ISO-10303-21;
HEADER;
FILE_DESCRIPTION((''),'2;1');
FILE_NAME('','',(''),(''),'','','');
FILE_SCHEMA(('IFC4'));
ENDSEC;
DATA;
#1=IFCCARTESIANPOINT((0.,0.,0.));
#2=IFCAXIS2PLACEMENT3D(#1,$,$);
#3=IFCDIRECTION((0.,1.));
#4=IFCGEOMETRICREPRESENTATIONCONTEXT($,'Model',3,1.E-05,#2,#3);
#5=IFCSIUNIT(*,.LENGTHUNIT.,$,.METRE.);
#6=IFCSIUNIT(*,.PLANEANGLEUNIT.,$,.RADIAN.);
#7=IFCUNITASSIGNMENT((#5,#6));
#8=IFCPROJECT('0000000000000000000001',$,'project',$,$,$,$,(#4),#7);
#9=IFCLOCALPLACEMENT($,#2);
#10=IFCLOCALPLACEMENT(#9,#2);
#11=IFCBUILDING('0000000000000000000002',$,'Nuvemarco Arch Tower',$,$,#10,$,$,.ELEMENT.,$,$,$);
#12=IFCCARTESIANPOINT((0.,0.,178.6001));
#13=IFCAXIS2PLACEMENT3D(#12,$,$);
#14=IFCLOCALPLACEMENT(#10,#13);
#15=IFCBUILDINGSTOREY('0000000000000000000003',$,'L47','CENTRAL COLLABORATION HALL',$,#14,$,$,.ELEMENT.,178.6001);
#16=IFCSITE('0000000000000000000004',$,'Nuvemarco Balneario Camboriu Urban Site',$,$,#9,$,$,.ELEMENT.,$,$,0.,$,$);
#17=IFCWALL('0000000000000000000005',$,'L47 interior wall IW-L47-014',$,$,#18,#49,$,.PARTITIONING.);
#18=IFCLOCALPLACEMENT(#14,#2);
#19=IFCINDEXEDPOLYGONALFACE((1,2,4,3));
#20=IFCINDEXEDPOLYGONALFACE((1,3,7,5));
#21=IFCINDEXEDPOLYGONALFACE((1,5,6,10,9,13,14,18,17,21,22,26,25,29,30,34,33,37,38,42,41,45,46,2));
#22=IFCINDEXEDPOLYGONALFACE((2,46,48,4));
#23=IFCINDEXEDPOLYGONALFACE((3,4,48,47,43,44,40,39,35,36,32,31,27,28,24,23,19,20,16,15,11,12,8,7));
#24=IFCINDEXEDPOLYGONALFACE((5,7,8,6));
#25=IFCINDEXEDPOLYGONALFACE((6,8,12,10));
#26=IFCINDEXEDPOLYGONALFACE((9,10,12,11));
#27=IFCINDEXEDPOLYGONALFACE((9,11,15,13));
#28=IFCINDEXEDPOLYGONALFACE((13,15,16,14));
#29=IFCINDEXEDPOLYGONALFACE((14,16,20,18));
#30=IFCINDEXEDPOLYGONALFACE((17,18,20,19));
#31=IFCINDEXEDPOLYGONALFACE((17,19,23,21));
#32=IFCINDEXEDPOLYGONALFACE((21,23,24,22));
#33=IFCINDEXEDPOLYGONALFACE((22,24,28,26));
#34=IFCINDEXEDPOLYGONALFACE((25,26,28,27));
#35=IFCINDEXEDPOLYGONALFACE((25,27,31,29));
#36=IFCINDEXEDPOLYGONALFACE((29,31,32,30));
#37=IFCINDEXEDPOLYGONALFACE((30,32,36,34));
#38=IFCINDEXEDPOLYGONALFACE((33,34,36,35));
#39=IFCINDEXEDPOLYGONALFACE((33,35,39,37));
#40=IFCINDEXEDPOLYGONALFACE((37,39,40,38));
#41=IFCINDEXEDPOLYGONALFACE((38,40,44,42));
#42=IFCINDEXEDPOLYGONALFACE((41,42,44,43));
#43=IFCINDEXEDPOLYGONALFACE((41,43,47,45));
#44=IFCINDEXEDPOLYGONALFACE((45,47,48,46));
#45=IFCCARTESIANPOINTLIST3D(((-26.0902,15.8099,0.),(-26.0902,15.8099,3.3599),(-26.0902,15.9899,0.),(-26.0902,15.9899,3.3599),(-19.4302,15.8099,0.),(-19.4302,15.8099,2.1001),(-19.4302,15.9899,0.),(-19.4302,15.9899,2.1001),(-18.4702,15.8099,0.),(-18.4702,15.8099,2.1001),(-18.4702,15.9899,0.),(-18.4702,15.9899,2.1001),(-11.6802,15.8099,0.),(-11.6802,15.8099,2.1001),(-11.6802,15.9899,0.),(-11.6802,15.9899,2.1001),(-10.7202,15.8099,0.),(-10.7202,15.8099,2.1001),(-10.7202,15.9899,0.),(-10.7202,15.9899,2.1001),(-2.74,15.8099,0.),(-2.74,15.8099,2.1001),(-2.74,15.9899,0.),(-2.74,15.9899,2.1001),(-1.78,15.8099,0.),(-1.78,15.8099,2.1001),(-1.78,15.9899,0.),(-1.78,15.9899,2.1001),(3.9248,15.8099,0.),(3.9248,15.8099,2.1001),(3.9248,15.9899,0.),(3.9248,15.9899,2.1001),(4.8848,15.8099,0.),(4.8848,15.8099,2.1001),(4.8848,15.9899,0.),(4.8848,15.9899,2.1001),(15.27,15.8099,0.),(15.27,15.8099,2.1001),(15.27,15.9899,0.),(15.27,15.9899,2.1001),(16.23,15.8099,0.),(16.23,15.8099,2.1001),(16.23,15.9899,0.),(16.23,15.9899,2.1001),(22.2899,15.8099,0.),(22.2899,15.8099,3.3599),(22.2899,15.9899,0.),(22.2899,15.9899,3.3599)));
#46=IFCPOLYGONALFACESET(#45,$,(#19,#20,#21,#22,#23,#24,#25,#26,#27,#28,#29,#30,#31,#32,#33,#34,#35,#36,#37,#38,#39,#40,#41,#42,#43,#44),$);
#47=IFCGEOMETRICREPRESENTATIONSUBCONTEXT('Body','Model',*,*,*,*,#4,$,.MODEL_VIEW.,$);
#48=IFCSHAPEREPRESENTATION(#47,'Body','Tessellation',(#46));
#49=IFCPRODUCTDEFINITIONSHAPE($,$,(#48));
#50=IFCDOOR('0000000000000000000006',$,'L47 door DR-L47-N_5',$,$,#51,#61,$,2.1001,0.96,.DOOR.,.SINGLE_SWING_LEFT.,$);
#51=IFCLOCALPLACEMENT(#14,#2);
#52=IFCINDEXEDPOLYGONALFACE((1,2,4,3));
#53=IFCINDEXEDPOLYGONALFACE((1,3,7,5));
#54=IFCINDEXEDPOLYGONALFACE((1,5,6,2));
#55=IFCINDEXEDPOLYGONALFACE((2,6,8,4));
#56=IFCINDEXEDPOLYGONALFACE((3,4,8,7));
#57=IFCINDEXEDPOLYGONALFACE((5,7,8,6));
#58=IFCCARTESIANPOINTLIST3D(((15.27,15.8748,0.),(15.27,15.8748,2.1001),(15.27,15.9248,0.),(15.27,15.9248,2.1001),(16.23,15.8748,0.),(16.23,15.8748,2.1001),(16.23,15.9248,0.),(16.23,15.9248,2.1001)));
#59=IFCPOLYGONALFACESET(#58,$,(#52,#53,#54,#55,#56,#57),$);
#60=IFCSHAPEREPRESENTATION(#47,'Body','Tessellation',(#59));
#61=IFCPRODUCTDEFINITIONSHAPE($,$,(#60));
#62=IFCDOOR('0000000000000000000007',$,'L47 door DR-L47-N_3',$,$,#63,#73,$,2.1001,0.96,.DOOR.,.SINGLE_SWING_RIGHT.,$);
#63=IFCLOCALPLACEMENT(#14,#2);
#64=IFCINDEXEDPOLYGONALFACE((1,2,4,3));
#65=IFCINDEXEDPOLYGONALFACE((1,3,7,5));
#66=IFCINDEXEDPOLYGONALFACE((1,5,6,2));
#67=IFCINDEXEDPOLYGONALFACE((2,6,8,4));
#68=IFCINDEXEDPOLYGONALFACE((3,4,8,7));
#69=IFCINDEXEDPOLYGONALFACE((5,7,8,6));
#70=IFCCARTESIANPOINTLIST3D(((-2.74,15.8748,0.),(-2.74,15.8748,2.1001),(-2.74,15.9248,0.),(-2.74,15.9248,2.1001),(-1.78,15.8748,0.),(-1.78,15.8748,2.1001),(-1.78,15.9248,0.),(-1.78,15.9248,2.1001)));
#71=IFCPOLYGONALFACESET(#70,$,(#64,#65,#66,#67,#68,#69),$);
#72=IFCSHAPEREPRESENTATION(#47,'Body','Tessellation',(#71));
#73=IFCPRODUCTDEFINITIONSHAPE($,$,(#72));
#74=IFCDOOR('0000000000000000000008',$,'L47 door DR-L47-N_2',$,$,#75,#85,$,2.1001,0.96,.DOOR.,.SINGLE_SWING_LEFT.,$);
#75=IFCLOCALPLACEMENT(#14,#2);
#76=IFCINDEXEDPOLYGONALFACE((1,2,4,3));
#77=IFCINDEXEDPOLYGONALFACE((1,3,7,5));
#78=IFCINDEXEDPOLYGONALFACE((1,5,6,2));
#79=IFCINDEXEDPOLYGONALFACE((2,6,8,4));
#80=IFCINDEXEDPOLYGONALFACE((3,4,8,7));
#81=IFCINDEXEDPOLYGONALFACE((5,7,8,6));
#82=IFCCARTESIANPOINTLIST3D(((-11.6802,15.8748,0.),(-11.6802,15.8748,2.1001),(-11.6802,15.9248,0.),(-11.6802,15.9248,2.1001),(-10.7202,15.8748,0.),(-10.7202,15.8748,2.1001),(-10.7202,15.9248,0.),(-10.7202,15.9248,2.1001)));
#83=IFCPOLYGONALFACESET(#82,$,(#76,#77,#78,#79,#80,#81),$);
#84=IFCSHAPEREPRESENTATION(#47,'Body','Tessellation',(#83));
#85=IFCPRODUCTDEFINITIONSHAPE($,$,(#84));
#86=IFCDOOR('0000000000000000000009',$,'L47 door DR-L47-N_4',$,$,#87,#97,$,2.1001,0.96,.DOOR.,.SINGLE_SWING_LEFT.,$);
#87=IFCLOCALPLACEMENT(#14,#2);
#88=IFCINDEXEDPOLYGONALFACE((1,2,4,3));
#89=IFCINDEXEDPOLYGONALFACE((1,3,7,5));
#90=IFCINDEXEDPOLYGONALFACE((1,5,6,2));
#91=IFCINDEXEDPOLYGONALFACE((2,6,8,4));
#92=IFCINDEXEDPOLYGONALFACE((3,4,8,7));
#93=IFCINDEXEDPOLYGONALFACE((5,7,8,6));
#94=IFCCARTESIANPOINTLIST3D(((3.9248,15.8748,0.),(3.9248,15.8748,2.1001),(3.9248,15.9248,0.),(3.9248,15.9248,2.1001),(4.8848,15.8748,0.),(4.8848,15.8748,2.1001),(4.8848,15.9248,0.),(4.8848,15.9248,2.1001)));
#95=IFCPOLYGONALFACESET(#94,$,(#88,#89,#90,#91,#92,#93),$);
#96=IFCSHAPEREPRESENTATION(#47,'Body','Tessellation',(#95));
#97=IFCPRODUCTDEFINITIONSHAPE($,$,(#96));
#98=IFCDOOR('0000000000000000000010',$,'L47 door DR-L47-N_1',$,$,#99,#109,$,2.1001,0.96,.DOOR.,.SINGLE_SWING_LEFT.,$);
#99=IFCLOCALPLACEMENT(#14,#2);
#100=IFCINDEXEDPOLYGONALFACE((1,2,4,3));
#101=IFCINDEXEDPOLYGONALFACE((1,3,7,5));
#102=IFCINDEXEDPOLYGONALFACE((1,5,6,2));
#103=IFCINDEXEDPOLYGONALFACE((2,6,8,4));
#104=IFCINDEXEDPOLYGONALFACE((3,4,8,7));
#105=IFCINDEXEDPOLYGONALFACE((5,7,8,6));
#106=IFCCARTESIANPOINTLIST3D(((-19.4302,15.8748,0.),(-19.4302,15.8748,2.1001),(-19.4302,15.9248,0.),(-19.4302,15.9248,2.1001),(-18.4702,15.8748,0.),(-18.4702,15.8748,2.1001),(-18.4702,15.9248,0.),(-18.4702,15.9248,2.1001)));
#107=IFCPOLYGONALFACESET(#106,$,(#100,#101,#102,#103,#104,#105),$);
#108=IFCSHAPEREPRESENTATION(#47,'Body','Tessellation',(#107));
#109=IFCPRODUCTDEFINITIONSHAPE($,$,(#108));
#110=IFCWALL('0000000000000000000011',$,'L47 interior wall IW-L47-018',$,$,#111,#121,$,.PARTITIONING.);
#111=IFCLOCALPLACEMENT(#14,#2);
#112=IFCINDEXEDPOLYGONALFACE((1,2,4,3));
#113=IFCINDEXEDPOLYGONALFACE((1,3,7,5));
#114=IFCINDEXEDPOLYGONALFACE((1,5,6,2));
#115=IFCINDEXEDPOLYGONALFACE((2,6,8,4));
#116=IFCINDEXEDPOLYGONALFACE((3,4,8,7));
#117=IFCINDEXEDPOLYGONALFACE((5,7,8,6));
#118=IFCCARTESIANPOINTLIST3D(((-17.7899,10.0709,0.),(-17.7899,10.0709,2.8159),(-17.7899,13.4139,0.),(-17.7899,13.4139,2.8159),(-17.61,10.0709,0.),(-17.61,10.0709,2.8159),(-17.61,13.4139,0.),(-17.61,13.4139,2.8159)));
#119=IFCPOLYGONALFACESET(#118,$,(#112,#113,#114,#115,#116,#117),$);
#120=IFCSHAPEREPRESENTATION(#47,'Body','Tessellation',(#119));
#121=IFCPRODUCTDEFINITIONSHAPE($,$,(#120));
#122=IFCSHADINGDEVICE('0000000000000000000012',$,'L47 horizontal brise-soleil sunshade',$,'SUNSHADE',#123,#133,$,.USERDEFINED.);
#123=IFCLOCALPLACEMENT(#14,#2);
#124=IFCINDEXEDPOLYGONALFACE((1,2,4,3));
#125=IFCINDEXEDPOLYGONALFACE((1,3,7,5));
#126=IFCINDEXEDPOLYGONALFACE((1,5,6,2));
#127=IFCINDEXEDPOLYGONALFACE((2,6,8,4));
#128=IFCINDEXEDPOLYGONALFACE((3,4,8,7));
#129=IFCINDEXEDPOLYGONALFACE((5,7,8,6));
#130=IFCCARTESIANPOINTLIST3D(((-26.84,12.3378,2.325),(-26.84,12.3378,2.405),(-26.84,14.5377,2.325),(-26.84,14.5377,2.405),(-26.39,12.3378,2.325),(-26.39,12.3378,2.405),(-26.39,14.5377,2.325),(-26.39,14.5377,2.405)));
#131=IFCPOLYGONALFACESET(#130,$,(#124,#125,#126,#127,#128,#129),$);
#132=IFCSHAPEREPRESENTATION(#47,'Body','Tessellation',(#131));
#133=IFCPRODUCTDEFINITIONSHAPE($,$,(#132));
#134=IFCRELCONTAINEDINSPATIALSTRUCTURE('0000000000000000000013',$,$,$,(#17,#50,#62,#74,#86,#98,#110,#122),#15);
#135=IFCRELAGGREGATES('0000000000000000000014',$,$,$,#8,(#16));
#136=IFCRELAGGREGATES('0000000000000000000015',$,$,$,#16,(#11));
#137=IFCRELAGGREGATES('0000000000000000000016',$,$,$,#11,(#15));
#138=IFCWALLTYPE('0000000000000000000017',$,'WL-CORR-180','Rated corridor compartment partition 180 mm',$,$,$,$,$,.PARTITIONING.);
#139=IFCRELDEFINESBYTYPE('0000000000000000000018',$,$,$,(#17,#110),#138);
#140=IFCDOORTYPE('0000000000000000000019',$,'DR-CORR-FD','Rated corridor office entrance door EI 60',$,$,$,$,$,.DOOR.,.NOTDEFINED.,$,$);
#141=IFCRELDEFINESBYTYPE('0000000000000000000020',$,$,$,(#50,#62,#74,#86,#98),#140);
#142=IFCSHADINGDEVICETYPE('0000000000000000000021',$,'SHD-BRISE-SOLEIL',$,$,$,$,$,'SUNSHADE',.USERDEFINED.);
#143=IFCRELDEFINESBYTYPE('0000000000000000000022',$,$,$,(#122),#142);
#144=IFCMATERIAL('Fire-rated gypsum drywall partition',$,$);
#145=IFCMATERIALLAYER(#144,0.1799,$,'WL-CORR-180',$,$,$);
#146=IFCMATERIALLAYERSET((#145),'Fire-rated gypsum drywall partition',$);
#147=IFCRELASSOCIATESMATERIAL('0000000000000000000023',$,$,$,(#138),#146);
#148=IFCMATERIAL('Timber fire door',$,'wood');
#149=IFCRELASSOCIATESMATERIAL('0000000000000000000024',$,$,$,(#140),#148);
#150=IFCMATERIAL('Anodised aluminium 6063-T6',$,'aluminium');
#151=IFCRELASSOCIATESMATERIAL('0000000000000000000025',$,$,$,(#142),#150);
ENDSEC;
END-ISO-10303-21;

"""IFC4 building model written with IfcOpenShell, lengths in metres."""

from ifc_helpers import new_model, si_unit, direction, frame, frame_2d, origin, origin_2d, place, context, subcontext, project, spatial, rectangle, extrude, source, transform, mapped, material, layer, layer_set, type_object, type_shapes, element, fill, save


model = new_model("IFC4")

# Units and contexts
model_context = context("Model", 3, precision=1e-05, world=origin(), true_north=direction((0.0, 1.0)))
body_context = subcontext(model_context, "Body", "Model", "MODEL_VIEW")
ifc_project = project(units=[si_unit("LENGTHUNIT", "METRE"), si_unit("PLANEANGLEUNIT", "RADIAN")], contexts=[model_context])

# Site, building, storey
site_placement = place(None, origin())
site = spatial("IfcSite", under=ifc_project, at=site_placement, Name="Nuvemarco Balneario Camboriu Urban Site", CompositionType="ELEMENT", RefElevation=0.0)
building_placement = place(site_placement, origin())
building = spatial("IfcBuilding", under=site, at=building_placement, Name="Nuvemarco Arch Tower", CompositionType="ELEMENT")
storey_placement = place(building_placement, frame((0.0, 0.0, 178.6001)))
storey = spatial("IfcBuildingStorey", under=building, at=storey_placement, Name="L47", Description="CENTRAL COLLABORATION HALL", CompositionType="ELEMENT", Elevation=178.6001)

# Shared definitions
ifc_material_1 = material(Name="Fire-rated gypsum drywall partition")
ifc_layer = layer(ifc_material_1, 0.1799, Name="WL-CORR-180")
ifc_layer_set = layer_set([ifc_layer], Name="Fire-rated gypsum drywall partition")
wall_type = type_object("IfcWallType", Name="WL-CORR-180", Description="Rated corridor compartment partition 180 mm", PredefinedType="PARTITIONING", material=ifc_layer_set)
ifc_material_2 = material(Name="Timber fire door", Category="wood")
door_type = type_object("IfcDoorType", Name="DR-CORR-FD", Description="Rated corridor office entrance door EI 60", OperationType="NOTDEFINED", PredefinedType="DOOR", material=ifc_material_2)
shared_shape_1 = source(origin(), body_context, "Body", "SweptSolid", [
    extrude(rectangle(XDim=0.96, YDim=2.1001, at=frame_2d((0.48, 1.05))), frame((0.0, 0.0249, 0.0), z_axis=(0.0, -1.0, 0.0), x_axis=(1.0, 0.0, 0.0)), (0.0, 0.0, 1.0), 0.05),
])
type_shapes(door_type, [shared_shape_1])

# Wall, openings, doors
wall_1_placement = place(storey_placement, frame((-26.0901, 15.8999, 0.0), z_axis=(0.0, 0.0, 1.0), x_axis=(1.0, 0.0, 0.0)))
wall_1 = element("IfcWall", 1, at=wall_1_placement, inside=storey, type_object=wall_type, Name="L47 interior wall IW-L47-014", PredefinedType="PARTITIONING", context=body_context, shape_type="SweptSolid", body=[
    extrude(rectangle(XDim=48.3801, YDim=0.1799, at=frame_2d((24.1899, 0.0))), origin(), (0.0, 0.0, 1.0), 3.3599),
])
opening_1_placement = place(wall_1_placement, frame((41.3601, 0.0, 0.0)))
opening_1 = element("IfcOpeningElement", 2, at=opening_1_placement, cuts=wall_1, PredefinedType="OPENING", context=body_context, shape_type="SweptSolid", body=[
    extrude(rectangle(XDim=0.96, YDim=2.1001, at=frame_2d((0.48, 1.05))), frame((0.0, 0.0999, 0.0), z_axis=(0.0, -1.0, 0.0), x_axis=(1.0, 0.0, 0.0)), (0.0, 0.0, 1.0), 0.2),
])
opening_2_placement = place(wall_1_placement, frame((23.3501, 0.0, 0.0)))
opening_2 = element("IfcOpeningElement", 3, at=opening_2_placement, cuts=wall_1, PredefinedType="OPENING", context=body_context, shape_type="SweptSolid", body=[
    extrude(rectangle(XDim=0.96, YDim=2.1001, at=frame_2d((0.48, 1.05))), frame((0.0, 0.0999, 0.0), z_axis=(0.0, -1.0, 0.0), x_axis=(1.0, 0.0, 0.0)), (0.0, 0.0, 1.0), 0.2),
])
opening_3_placement = place(wall_1_placement, frame((14.4099, 0.0, 0.0)))
opening_3 = element("IfcOpeningElement", 4, at=opening_3_placement, cuts=wall_1, PredefinedType="OPENING", context=body_context, shape_type="SweptSolid", body=[
    extrude(rectangle(XDim=0.96, YDim=2.1001, at=frame_2d((0.48, 1.05))), frame((0.0, 0.0999, 0.0), z_axis=(0.0, -1.0, 0.0), x_axis=(1.0, 0.0, 0.0)), (0.0, 0.0, 1.0), 0.2),
])
opening_4_placement = place(wall_1_placement, frame((30.0149, 0.0, 0.0)))
opening_4 = element("IfcOpeningElement", 5, at=opening_4_placement, cuts=wall_1, PredefinedType="OPENING", context=body_context, shape_type="SweptSolid", body=[
    extrude(rectangle(XDim=0.96, YDim=2.1001, at=frame_2d((0.48, 1.05))), frame((0.0, 0.0999, 0.0), z_axis=(0.0, -1.0, 0.0), x_axis=(1.0, 0.0, 0.0)), (0.0, 0.0, 1.0), 0.2),
])
opening_5_placement = place(wall_1_placement, frame((6.6599, 0.0, 0.0)))
opening_5 = element("IfcOpeningElement", 6, at=opening_5_placement, cuts=wall_1, PredefinedType="OPENING", context=body_context, shape_type="SweptSolid", body=[
    extrude(rectangle(XDim=0.96, YDim=2.1001, at=frame_2d((0.48, 1.05))), frame((0.0, 0.0999, 0.0), z_axis=(0.0, -1.0, 0.0), x_axis=(1.0, 0.0, 0.0)), (0.0, 0.0, 1.0), 0.2),
])
door_1_placement = place(opening_1_placement, origin())
door_1 = element("IfcDoor", 7, at=door_1_placement, inside=storey, type_object=door_type, Name="L47 door DR-L47-N_5", OperationType="SINGLE_SWING_LEFT", OverallHeight=2.1001, OverallWidth=0.96, PredefinedType="DOOR", context=body_context, shape_type="MappedRepresentation", body=[
    mapped(shared_shape_1, transform((0.0, 0.0, 0.0), scale=1.0)),
])
fill(opening_1, door_1)
door_2_placement = place(opening_2_placement, origin())
door_2 = element("IfcDoor", 8, at=door_2_placement, inside=storey, type_object=door_type, Name="L47 door DR-L47-N_3", OperationType="SINGLE_SWING_RIGHT", OverallHeight=2.1001, OverallWidth=0.96, PredefinedType="DOOR", context=body_context, shape_type="MappedRepresentation", body=[
    mapped(shared_shape_1, transform((0.0, 0.0, 0.0), scale=1.0)),
])
fill(opening_2, door_2)
door_3_placement = place(opening_3_placement, origin())
door_3 = element("IfcDoor", 9, at=door_3_placement, inside=storey, type_object=door_type, Name="L47 door DR-L47-N_2", OperationType="SINGLE_SWING_LEFT", OverallHeight=2.1001, OverallWidth=0.96, PredefinedType="DOOR", context=body_context, shape_type="MappedRepresentation", body=[
    mapped(shared_shape_1, transform((0.0, 0.0, 0.0), scale=1.0)),
])
fill(opening_3, door_3)
door_4_placement = place(opening_4_placement, origin())
door_4 = element("IfcDoor", 10, at=door_4_placement, inside=storey, type_object=door_type, Name="L47 door DR-L47-N_4", OperationType="SINGLE_SWING_LEFT", OverallHeight=2.1001, OverallWidth=0.96, PredefinedType="DOOR", context=body_context, shape_type="MappedRepresentation", body=[
    mapped(shared_shape_1, transform((0.0, 0.0, 0.0), scale=1.0)),
])
fill(opening_4, door_4)
door_5_placement = place(opening_5_placement, origin())
door_5 = element("IfcDoor", 11, at=door_5_placement, inside=storey, type_object=door_type, Name="L47 door DR-L47-N_1", OperationType="SINGLE_SWING_LEFT", OverallHeight=2.1001, OverallWidth=0.96, PredefinedType="DOOR", context=body_context, shape_type="MappedRepresentation", body=[
    mapped(shared_shape_1, transform((0.0, 0.0, 0.0), scale=1.0)),
])
fill(opening_5, door_5)

# Wall
wall_2_placement = place(storey_placement, frame((-17.7, 10.071, 0.0), z_axis=(0.0, 0.0, 1.0), x_axis=(0.0, 1.0, 0.0)))
element("IfcWall", 12, at=wall_2_placement, inside=storey, type_object=wall_type, Name="L47 interior wall IW-L47-018", PredefinedType="PARTITIONING", context=body_context, shape_type="SweptSolid", body=[
    extrude(rectangle(XDim=3.343, YDim=0.1799, at=frame_2d((1.6714, 0.0))), origin(), (0.0, 0.0, 1.0), 2.8159),
])

# Shading device
ifc_material_3 = material(Name="Anodised aluminium 6063-T6", Category="aluminium")
shading_device_type = type_object("IfcShadingDeviceType", Name="SHD-BRISE-SOLEIL", ElementType="SUNSHADE", PredefinedType="USERDEFINED", material=ifc_material_3)
shared_shape_2 = source(origin(), body_context, "Body", "SweptSolid", [
    extrude(rectangle(XDim=2.2, YDim=0.45, at=origin_2d()), origin(), (0.0, 0.0, 1.0), 0.0801),
])
type_shapes(shading_device_type, [shared_shape_2])
shading_device_placement = place(storey_placement, frame((-26.615, 13.4377, 2.325), z_axis=(0.0, 0.0, 1.0), x_axis=(0.0, 1.0, 0.0)))
element("IfcShadingDevice", 13, at=shading_device_placement, inside=storey, type_object=shading_device_type, Name="L47 horizontal brise-soleil sunshade", ObjectType="SUNSHADE", PredefinedType="USERDEFINED", context=body_context, shape_type="MappedRepresentation", body=[
    mapped(shared_shape_2, transform((0.0, 0.0, 0.0), scale=1.0)),
])

save(model, "model.ifc")
